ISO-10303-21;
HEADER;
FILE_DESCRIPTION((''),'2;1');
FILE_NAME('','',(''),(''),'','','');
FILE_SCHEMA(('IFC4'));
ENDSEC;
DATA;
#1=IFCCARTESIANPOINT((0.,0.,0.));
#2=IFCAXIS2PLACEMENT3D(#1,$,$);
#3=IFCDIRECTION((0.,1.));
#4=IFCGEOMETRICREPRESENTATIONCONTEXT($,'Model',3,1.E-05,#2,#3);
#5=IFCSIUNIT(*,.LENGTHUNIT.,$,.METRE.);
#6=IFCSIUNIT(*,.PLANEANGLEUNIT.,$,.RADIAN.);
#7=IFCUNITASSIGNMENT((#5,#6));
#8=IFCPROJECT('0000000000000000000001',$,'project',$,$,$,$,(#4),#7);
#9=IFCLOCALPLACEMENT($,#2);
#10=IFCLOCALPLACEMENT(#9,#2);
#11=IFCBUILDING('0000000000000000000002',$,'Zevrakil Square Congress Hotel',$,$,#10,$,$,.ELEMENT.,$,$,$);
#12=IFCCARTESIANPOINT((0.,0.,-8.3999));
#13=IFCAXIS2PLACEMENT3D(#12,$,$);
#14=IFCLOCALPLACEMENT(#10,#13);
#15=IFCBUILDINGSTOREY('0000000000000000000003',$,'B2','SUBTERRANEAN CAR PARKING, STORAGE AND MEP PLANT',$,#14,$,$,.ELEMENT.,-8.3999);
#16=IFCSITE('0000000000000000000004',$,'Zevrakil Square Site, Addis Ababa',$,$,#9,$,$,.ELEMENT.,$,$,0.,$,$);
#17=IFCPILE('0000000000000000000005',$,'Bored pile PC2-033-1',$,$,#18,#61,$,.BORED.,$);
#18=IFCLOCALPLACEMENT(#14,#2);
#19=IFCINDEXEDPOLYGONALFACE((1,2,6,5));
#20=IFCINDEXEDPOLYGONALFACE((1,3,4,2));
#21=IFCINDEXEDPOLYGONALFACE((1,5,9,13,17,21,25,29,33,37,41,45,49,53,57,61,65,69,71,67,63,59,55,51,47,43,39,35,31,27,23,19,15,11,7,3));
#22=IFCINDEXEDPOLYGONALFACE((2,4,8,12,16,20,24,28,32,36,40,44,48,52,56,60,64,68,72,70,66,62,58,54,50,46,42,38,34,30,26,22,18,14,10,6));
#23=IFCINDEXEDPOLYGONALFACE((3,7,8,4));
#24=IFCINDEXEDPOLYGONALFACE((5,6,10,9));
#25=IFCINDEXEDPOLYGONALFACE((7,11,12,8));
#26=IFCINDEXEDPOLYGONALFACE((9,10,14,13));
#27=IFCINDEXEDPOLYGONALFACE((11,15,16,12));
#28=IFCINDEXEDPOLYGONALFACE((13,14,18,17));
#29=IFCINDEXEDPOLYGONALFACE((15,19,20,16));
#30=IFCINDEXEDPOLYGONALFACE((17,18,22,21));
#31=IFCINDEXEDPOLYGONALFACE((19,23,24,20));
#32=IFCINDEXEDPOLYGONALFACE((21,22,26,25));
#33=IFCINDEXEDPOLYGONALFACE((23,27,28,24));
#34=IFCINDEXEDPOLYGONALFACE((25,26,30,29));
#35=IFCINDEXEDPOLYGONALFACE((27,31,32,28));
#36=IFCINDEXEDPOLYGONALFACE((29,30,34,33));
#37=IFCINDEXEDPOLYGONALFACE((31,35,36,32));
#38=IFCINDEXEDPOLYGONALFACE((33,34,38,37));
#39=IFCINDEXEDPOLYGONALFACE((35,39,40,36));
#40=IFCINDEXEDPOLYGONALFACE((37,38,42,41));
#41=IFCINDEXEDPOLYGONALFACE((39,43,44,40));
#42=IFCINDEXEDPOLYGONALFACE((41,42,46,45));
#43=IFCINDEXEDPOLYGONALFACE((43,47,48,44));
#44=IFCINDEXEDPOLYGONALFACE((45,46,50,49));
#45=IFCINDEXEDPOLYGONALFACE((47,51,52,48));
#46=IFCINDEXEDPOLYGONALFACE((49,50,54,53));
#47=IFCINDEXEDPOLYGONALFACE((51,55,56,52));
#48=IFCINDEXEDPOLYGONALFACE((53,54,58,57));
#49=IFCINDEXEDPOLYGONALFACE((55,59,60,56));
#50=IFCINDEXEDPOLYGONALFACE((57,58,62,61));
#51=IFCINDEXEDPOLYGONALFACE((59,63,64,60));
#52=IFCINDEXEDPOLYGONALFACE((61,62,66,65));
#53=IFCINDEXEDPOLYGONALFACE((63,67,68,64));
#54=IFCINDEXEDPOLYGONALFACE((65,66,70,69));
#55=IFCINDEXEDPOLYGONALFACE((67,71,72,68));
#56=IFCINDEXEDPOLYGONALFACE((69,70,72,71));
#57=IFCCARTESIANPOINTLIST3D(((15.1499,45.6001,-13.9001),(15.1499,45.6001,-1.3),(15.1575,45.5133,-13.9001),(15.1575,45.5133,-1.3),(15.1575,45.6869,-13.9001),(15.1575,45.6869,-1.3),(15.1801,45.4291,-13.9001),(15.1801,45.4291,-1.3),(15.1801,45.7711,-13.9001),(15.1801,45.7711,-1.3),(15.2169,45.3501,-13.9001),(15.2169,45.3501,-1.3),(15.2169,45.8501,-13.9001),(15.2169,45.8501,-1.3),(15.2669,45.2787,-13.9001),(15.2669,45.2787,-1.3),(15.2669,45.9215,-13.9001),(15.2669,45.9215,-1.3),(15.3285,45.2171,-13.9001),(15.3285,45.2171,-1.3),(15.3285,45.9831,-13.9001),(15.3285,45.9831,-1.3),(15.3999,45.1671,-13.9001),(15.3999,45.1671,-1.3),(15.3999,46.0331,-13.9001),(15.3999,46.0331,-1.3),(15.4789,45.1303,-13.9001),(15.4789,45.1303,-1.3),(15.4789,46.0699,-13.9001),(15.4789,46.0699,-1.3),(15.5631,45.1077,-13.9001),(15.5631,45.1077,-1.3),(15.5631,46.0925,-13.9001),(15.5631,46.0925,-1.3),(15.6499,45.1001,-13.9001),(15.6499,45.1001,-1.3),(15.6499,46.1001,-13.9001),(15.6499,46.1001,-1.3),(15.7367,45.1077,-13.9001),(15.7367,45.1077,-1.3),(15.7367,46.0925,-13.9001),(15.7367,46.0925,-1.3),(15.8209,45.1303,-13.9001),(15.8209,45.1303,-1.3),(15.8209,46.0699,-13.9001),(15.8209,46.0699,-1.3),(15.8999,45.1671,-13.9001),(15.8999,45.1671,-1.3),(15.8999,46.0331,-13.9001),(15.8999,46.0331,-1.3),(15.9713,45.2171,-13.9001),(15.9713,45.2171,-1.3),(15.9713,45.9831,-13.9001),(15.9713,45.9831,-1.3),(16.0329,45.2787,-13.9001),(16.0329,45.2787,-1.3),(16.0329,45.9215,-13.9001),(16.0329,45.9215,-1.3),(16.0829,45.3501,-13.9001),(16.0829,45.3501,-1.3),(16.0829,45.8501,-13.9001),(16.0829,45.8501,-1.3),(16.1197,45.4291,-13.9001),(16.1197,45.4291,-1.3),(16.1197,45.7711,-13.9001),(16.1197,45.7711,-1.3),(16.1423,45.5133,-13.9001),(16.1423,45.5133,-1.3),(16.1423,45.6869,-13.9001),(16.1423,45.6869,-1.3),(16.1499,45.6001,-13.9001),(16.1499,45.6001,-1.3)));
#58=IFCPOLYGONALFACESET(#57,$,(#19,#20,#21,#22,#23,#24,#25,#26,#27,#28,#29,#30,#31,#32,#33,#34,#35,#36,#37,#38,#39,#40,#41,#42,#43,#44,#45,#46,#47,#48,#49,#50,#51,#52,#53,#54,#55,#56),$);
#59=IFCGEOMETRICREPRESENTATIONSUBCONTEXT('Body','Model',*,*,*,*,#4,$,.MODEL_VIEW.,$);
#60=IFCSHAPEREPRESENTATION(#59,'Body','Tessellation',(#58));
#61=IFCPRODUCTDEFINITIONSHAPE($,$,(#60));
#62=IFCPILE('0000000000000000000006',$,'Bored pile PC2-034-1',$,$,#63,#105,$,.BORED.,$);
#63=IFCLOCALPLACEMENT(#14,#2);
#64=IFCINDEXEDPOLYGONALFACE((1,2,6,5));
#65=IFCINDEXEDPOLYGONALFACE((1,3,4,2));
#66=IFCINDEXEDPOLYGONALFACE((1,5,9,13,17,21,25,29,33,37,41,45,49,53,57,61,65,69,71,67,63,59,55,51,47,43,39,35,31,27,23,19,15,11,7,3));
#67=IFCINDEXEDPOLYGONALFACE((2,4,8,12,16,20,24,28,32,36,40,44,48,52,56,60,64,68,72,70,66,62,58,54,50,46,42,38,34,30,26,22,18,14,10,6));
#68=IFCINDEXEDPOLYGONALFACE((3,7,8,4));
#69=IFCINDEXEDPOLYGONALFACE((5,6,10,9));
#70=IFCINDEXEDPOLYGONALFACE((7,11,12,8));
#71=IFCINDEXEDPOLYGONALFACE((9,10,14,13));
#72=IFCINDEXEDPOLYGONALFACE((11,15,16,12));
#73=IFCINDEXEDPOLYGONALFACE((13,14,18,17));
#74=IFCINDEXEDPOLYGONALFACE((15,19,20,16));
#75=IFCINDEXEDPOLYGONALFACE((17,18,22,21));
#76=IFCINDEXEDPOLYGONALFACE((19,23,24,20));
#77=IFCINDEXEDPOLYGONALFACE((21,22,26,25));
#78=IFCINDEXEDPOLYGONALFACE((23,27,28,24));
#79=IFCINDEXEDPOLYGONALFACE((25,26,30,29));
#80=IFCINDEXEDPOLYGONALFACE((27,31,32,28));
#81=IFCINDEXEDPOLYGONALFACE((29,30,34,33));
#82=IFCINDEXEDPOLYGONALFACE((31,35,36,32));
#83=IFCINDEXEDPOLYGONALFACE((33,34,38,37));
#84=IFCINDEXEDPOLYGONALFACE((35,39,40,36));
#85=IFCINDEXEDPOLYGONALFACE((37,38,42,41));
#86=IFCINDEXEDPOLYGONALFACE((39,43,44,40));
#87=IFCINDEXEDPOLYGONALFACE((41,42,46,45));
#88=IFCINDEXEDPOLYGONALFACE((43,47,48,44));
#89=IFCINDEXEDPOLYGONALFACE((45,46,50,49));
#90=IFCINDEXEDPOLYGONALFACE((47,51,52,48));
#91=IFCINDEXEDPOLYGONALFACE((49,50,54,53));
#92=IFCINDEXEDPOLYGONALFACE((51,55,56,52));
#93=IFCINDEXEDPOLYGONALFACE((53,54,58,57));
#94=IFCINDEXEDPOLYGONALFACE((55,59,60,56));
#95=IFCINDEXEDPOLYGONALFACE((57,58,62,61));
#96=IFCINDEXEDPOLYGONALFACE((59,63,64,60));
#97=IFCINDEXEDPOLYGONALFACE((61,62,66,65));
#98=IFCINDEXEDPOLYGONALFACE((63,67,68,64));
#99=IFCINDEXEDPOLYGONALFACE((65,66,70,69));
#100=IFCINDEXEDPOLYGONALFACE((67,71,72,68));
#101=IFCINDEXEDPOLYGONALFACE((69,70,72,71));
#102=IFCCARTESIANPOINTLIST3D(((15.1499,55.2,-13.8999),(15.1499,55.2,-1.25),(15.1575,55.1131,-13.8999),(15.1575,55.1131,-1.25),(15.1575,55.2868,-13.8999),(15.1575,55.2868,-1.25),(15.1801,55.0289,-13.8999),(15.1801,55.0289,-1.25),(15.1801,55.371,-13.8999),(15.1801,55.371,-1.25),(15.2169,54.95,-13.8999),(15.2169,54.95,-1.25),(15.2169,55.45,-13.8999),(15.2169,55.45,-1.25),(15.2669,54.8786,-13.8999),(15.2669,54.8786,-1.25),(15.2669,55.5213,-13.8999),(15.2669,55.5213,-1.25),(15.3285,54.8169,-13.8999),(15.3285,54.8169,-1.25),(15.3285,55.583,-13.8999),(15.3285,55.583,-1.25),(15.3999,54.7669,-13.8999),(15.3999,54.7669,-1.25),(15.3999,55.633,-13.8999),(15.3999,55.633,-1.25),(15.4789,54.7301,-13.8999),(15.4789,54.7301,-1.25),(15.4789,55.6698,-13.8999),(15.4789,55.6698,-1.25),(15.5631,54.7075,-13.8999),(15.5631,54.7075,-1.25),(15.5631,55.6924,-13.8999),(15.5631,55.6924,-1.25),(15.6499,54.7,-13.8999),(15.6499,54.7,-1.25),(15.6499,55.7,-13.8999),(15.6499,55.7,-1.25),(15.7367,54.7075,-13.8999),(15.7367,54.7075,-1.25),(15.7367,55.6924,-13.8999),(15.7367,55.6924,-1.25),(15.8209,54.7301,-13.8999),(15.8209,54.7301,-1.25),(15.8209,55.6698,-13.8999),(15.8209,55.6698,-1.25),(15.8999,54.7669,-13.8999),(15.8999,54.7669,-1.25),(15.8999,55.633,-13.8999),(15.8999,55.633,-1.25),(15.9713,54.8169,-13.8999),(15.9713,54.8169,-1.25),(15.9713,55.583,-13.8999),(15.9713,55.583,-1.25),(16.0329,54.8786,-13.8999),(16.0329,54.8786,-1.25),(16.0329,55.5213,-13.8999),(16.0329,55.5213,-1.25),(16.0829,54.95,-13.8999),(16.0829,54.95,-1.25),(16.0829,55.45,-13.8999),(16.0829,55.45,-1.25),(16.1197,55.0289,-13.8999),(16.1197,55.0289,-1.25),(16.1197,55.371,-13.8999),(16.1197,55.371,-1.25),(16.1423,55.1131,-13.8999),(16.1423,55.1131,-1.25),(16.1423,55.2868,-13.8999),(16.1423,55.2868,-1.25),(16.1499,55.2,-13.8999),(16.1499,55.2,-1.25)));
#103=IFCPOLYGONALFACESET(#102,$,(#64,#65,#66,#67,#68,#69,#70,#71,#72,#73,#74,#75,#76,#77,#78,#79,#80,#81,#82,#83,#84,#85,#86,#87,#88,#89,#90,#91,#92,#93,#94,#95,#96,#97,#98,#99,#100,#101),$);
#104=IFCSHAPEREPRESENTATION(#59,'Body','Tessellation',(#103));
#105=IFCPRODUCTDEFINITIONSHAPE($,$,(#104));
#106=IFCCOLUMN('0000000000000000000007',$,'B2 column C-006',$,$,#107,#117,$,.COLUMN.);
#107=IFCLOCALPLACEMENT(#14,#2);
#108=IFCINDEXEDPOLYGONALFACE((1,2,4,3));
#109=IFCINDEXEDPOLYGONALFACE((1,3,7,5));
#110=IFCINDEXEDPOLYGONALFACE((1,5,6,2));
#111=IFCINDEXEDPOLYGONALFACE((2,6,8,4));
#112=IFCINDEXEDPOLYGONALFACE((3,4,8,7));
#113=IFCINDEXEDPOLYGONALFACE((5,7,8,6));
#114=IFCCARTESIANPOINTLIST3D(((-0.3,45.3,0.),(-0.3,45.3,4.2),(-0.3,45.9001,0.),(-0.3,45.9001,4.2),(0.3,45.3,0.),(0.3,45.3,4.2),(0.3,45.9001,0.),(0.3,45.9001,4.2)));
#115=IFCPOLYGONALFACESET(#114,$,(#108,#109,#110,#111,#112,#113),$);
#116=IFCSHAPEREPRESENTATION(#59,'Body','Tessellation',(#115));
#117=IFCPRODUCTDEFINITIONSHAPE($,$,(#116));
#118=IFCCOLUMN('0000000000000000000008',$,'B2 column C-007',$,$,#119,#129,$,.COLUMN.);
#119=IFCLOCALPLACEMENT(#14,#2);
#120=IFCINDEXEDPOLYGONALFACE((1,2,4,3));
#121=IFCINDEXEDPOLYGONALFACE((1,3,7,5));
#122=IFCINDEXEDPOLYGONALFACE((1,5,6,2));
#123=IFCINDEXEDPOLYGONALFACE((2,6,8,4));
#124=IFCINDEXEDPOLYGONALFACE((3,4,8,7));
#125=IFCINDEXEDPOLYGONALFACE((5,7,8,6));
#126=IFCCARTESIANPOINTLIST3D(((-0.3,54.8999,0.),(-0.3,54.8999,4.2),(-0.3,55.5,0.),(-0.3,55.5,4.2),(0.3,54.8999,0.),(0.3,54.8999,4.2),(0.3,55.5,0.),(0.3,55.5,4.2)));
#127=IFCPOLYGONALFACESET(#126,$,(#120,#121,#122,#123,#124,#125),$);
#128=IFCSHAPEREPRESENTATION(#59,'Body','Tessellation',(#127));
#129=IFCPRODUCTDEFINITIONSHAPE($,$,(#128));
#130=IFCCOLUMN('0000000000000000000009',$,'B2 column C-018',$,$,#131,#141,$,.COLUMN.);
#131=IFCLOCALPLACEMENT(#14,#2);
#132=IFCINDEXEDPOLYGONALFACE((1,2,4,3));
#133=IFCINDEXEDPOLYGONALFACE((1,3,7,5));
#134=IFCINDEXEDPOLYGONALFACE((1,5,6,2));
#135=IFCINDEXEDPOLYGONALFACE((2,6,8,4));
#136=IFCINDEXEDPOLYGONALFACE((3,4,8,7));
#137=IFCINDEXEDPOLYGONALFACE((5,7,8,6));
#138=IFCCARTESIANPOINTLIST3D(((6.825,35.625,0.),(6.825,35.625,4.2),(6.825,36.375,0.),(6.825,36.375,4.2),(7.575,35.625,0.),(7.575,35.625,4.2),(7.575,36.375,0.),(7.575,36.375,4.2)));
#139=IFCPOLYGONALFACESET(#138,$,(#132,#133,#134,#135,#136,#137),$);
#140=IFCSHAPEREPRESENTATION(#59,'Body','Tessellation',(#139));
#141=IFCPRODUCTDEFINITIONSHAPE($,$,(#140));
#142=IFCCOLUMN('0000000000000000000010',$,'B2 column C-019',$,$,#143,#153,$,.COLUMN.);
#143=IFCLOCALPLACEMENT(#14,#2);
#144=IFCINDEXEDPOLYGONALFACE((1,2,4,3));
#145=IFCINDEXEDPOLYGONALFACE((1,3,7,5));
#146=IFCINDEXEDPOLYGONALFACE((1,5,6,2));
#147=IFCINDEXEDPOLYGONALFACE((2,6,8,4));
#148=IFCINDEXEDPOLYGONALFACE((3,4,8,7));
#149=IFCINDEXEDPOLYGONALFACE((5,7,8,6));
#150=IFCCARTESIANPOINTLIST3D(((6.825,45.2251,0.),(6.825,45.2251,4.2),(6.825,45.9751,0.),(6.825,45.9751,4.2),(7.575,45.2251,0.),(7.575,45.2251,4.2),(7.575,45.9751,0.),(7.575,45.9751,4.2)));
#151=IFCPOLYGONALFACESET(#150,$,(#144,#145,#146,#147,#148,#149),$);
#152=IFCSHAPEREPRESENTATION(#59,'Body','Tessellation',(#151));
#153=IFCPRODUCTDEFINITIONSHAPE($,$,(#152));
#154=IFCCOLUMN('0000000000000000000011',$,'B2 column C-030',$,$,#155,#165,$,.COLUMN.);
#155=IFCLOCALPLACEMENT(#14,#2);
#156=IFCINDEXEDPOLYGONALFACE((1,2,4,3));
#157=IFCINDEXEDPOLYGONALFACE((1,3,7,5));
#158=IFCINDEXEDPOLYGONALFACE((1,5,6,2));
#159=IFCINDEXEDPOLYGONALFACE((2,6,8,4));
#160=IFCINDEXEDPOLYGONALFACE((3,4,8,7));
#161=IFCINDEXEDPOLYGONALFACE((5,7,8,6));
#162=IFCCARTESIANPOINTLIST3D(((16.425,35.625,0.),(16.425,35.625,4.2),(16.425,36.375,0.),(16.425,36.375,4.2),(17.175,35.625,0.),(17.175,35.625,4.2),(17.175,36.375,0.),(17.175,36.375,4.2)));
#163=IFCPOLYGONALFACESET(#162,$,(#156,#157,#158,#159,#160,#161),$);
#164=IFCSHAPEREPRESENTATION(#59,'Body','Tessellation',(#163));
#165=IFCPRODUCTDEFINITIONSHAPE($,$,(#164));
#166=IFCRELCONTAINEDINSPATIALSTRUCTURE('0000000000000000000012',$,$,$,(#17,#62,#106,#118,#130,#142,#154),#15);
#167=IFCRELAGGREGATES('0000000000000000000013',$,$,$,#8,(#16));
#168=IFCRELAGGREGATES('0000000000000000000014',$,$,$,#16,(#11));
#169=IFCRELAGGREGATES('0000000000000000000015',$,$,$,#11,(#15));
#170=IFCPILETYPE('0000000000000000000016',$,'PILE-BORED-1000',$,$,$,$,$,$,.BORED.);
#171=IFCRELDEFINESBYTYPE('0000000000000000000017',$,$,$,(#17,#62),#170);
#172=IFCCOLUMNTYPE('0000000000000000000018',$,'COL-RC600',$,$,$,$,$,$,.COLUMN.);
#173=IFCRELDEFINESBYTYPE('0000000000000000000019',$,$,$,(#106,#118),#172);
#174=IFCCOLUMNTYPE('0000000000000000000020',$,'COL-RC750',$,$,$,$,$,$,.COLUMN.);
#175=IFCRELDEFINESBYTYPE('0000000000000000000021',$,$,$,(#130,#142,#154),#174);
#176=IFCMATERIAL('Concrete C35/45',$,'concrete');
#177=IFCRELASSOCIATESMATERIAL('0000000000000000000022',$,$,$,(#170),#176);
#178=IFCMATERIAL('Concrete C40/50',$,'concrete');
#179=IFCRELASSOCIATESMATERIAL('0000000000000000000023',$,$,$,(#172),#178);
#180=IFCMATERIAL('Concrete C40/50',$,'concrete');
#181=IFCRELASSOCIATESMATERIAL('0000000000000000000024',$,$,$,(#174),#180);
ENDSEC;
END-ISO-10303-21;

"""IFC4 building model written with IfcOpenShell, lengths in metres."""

from ifc_helpers import new_model, si_unit, direction, frame, origin, origin_2d, place, context, subcontext, project, spatial, rectangle, circle, extrude, material, material_profile, profile_set, type_object, element, save


model = new_model("IFC4")

# Units and contexts
model_context = context("Model", 3, precision=1e-05, world=origin(), true_north=direction((0.0, 1.0)))
body_context = subcontext(model_context, "Body", "Model", "MODEL_VIEW")
ifc_project = project(units=[si_unit("LENGTHUNIT", "METRE"), si_unit("PLANEANGLEUNIT", "RADIAN")], contexts=[model_context])

# Site, building, storey
site_placement = place(None, origin())
site = spatial("IfcSite", under=ifc_project, at=site_placement, Name="Zevrakil Square Site, Addis Ababa", CompositionType="ELEMENT", RefElevation=0.0)
building_placement = place(site_placement, origin())
building = spatial("IfcBuilding", under=site, at=building_placement, Name="Zevrakil Square Congress Hotel", CompositionType="ELEMENT")
storey_placement = place(building_placement, frame((0.0, 0.0, -8.3999)))
storey = spatial("IfcBuildingStorey", under=building, at=storey_placement, Name="B2", Description="SUBTERRANEAN CAR PARKING, STORAGE AND MEP PLANT", CompositionType="ELEMENT", Elevation=-8.3999)

# Piles
ifc_material_1 = material(Name="Concrete C35/45", Category="concrete")
ifc_material_profile_1 = material_profile(ifc_material_1, circle(Radius=0.5, at=origin_2d()), Name="PILE D1000")
ifc_profile_set_1 = profile_set([ifc_material_profile_1], Name="Concrete C35/45")
pile_type = type_object("IfcPileType", Name="PILE-BORED-1000", PredefinedType="BORED", material=ifc_profile_set_1)
pile_1_placement = place(storey_placement, frame((15.6499, 45.6001, -1.3), z_axis=(0.0, 0.0, -1.0), x_axis=(1.0, 0.0, 0.0)))
element("IfcPile", 1, at=pile_1_placement, inside=storey, type_object=pile_type, Name="Bored pile PC2-033-1", PredefinedType="BORED", context=body_context, shape_type="SweptSolid", body=[
    extrude(circle(Radius=0.5, at=origin_2d()), origin(), (0.0, 0.0, 1.0), 12.6001),
])
pile_2_placement = place(storey_placement, frame((15.6499, 55.2, -1.25), z_axis=(0.0, 0.0, -1.0), x_axis=(1.0, 0.0, 0.0)))
element("IfcPile", 2, at=pile_2_placement, inside=storey, type_object=pile_type, Name="Bored pile PC2-034-1", PredefinedType="BORED", context=body_context, shape_type="SweptSolid", body=[
    extrude(circle(Radius=0.5, at=origin_2d()), origin(), (0.0, 0.0, 1.0), 12.6499),
])

# Columns
ifc_material_2 = material(Name="Concrete C40/50", Category="concrete")
ifc_material_profile_2 = material_profile(ifc_material_2, rectangle(XDim=0.6001, YDim=0.6001, at=origin_2d()), Name="RC 600x600")
ifc_profile_set_2 = profile_set([ifc_material_profile_2], Name="Concrete C40/50")
column_type_1 = type_object("IfcColumnType", Name="COL-RC600", PredefinedType="COLUMN", material=ifc_profile_set_2)
for number, where, z_axis, x_axis, name in (
    (3, (0.0, 45.6001, 0.0), (0.0, 0.0, 1.0), (1.0, 0.0, 0.0), "B2 column C-006"),
    (4, (0.0, 55.2, 0.0), (0.0, 0.0, 1.0), (1.0, 0.0, 0.0), "B2 column C-007"),
):
    element("IfcColumn", number, at=place(storey_placement, frame(where, z_axis=z_axis, x_axis=x_axis)), inside=storey, type_object=column_type_1, Name=name, PredefinedType="COLUMN", context=body_context, shape_type="SweptSolid", body=[
        extrude(rectangle(XDim=0.6001, YDim=0.6001, at=origin_2d()), origin(), (0.0, 0.0, 1.0), 4.2),
    ])
ifc_material_3 = material(Name="Concrete C40/50", Category="concrete")
ifc_material_profile_3 = material_profile(ifc_material_3, rectangle(XDim=0.75, YDim=0.75, at=origin_2d()), Name="RC 750x750")
ifc_profile_set_3 = profile_set([ifc_material_profile_3], Name="Concrete C40/50")
column_type_2 = type_object("IfcColumnType", Name="COL-RC750", PredefinedType="COLUMN", material=ifc_profile_set_3)
for number, where, z_axis, x_axis, name in (
    (5, (7.2, 36.0, 0.0), (0.0, 0.0, 1.0), (1.0, 0.0, 0.0), "B2 column C-018"),
    (6, (7.2, 45.6001, 0.0), (0.0, 0.0, 1.0), (1.0, 0.0, 0.0), "B2 column C-019"),
    (7, (16.8, 36.0, 0.0), (0.0, 0.0, 1.0), (1.0, 0.0, 0.0), "B2 column C-030"),
):
    element("IfcColumn", number, at=place(storey_placement, frame(where, z_axis=z_axis, x_axis=x_axis)), inside=storey, type_object=column_type_2, Name=name, PredefinedType="COLUMN", context=body_context, shape_type="SweptSolid", body=[
        extrude(rectangle(XDim=0.75, YDim=0.75, at=origin_2d()), origin(), (0.0, 0.0, 1.0), 4.2),
    ])

save(model, "model.ifc")
